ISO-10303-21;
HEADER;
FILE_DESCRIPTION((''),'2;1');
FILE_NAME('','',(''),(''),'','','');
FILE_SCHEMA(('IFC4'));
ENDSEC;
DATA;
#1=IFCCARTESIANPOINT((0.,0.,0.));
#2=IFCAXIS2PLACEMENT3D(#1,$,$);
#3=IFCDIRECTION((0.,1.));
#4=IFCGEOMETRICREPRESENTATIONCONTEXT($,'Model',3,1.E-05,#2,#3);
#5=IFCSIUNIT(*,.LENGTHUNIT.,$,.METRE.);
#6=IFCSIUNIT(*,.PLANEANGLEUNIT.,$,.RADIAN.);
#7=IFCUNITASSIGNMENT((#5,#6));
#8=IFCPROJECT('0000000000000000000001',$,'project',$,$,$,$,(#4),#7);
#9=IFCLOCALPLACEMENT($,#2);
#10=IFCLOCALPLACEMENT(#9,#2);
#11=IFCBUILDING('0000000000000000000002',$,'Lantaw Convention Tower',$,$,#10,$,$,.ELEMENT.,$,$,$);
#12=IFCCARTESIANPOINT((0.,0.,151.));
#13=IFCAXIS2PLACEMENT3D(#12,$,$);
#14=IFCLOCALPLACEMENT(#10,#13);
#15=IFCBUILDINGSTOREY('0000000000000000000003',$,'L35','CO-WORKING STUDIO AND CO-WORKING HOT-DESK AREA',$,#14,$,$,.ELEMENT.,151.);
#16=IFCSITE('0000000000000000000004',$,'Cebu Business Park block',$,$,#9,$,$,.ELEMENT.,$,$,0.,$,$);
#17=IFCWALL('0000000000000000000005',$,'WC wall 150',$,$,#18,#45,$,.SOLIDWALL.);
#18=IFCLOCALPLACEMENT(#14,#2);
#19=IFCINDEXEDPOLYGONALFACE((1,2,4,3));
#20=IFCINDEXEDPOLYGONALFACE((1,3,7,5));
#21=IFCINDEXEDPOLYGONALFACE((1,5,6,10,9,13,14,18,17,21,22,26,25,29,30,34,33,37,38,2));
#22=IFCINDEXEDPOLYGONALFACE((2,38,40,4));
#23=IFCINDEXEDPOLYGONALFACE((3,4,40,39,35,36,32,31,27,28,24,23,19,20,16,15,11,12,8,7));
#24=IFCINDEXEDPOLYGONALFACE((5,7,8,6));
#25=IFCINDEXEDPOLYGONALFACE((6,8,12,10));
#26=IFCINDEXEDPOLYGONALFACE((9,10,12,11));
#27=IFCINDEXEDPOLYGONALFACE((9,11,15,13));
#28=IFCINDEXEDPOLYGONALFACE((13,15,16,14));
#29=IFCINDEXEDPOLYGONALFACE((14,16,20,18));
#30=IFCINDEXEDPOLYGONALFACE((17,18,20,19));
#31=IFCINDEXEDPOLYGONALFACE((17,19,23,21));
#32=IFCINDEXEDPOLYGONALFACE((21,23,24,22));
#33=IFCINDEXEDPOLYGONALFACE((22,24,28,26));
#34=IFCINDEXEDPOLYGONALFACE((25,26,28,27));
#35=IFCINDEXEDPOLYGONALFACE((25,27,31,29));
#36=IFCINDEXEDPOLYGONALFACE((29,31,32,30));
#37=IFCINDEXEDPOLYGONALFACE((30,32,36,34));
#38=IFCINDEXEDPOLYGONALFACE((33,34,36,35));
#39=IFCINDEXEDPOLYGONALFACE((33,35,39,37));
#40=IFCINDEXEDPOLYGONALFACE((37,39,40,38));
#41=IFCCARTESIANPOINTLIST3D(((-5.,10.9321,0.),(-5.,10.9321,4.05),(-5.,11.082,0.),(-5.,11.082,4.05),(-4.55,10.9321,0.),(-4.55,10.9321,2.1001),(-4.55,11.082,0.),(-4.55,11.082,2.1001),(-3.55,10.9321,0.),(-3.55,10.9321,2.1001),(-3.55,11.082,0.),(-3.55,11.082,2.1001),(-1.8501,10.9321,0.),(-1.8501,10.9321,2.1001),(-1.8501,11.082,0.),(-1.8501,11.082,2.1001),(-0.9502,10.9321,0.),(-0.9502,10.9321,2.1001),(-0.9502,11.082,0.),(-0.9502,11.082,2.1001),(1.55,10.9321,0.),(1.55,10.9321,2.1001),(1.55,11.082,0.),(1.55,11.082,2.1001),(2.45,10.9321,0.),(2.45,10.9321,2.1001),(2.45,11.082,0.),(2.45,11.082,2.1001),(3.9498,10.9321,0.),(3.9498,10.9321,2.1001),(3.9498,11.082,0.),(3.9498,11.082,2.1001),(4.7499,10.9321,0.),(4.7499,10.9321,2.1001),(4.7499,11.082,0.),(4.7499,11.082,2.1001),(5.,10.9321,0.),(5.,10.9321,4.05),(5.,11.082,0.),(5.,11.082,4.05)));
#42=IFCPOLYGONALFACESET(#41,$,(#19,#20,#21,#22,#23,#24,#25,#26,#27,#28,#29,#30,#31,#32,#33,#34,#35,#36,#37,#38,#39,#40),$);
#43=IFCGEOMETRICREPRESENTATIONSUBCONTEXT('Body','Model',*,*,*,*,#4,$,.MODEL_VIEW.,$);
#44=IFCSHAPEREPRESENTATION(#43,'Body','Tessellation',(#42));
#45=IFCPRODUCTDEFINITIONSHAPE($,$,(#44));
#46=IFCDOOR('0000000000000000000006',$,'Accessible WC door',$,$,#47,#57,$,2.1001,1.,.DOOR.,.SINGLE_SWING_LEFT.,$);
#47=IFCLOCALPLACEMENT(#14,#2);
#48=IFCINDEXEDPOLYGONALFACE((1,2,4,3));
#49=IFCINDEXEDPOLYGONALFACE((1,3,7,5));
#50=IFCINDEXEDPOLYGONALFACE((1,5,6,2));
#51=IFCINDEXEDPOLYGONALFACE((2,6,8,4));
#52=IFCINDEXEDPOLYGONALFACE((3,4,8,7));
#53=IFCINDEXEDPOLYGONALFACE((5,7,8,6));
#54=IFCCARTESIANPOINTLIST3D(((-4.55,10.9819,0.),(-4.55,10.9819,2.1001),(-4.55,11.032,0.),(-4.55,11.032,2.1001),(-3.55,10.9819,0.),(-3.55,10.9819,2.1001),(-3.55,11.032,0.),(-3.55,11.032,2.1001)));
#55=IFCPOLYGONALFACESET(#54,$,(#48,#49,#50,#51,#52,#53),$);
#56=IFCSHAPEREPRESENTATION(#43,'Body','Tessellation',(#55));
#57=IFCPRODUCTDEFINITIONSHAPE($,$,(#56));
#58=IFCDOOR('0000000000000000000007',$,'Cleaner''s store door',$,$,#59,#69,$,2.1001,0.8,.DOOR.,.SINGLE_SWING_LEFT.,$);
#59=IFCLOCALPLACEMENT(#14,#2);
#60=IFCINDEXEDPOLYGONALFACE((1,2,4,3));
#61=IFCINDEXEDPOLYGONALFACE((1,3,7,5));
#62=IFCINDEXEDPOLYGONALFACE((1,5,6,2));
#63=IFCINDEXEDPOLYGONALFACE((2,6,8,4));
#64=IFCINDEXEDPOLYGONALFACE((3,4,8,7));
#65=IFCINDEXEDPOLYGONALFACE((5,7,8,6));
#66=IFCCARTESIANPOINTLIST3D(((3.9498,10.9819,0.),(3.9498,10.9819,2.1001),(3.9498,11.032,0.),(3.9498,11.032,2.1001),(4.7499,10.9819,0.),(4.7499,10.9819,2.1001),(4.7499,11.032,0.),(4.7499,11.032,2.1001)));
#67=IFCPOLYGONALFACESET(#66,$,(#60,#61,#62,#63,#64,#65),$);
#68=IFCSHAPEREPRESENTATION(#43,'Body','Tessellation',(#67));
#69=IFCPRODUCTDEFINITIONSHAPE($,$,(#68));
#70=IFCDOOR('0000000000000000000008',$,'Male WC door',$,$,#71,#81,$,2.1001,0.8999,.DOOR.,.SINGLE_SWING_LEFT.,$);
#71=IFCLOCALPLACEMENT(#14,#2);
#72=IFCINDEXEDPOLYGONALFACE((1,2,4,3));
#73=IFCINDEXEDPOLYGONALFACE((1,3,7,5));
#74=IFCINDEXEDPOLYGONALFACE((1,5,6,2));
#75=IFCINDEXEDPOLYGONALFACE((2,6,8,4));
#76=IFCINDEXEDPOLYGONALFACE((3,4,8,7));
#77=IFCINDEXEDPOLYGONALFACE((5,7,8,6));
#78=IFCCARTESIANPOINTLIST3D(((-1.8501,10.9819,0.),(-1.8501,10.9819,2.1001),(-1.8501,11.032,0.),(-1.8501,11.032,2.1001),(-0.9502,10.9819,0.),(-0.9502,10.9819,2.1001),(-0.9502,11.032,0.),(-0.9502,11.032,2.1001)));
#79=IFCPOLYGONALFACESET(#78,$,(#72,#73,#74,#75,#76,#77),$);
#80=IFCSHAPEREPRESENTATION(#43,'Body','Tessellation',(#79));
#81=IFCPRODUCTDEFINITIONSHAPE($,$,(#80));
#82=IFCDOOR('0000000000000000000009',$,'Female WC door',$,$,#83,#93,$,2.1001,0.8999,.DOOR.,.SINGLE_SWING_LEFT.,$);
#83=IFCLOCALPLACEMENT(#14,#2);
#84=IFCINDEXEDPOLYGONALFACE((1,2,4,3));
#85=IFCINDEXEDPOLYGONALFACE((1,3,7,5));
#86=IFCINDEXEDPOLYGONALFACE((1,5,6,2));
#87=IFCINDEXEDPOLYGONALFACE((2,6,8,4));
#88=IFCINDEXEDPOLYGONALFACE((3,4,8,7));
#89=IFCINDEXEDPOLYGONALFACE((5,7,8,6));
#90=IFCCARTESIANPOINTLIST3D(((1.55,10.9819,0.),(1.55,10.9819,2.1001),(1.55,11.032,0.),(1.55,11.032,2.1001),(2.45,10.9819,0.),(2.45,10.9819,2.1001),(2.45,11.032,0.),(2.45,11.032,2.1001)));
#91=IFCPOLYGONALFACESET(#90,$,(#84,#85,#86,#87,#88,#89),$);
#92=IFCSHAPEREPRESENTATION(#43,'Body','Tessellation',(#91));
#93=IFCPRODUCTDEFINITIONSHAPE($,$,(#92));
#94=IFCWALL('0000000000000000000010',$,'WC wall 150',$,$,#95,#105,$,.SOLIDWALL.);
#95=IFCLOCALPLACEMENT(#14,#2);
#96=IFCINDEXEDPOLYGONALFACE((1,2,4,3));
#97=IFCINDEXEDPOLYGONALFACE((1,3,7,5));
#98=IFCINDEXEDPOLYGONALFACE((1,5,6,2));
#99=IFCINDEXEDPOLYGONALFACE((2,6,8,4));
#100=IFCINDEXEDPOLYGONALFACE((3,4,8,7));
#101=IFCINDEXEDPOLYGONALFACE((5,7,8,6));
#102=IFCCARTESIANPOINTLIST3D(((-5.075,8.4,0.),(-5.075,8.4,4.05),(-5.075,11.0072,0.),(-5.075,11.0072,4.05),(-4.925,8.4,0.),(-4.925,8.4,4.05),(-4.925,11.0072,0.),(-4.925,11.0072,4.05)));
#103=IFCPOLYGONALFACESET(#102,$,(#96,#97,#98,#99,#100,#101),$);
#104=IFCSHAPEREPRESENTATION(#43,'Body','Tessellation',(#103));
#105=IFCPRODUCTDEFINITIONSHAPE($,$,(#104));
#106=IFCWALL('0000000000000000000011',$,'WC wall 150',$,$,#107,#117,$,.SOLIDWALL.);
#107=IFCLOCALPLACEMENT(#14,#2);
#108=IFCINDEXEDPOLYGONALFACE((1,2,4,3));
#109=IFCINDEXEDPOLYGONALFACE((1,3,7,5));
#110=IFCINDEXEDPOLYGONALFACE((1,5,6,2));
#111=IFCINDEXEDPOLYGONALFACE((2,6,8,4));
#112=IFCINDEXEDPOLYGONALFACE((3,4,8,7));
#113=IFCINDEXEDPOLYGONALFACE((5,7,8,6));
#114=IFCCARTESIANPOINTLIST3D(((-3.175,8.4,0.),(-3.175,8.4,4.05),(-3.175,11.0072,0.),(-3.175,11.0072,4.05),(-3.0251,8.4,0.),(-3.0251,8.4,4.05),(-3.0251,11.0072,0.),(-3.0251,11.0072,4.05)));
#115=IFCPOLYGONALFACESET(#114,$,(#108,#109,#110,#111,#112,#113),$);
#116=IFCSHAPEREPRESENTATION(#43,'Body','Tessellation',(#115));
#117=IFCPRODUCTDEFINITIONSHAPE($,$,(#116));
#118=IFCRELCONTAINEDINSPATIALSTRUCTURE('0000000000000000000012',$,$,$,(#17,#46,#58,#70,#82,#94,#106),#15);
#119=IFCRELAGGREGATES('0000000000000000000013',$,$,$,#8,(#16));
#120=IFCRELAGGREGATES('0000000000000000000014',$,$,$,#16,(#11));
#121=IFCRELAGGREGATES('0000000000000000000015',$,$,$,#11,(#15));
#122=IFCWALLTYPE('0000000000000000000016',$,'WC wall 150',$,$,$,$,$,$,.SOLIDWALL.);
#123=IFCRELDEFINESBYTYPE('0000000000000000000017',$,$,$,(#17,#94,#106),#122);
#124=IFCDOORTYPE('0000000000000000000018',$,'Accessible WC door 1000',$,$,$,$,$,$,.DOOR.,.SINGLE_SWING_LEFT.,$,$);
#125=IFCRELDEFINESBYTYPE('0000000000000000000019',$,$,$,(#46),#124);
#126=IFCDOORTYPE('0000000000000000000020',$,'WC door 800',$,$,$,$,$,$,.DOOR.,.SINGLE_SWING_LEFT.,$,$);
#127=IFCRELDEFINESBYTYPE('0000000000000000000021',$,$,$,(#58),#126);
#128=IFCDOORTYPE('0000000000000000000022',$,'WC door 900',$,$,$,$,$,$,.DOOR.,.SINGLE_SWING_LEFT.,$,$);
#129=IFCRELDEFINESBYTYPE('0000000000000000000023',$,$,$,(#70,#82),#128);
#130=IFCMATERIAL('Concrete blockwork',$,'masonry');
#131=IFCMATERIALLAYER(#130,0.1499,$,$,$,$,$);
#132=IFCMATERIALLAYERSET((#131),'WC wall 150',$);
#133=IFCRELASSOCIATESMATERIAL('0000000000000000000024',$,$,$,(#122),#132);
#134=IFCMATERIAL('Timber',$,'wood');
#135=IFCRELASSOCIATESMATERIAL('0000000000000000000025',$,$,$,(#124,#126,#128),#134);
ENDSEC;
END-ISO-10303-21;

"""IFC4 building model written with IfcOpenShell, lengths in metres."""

from ifc_helpers import new_model, si_unit, direction, frame, frame_2d, origin, place, context, subcontext, project, spatial, rectangle, extrude, material, layer, layer_set, type_object, element, fill, save


model = new_model("IFC4")

# Units and contexts
model_context = context("Model", 3, precision=1e-05, world=origin(), true_north=direction((0.0, 1.0)))
body_context = subcontext(model_context, "Body", "Model", "MODEL_VIEW")
ifc_project = project(units=[si_unit("LENGTHUNIT", "METRE"), si_unit("PLANEANGLEUNIT", "RADIAN")], contexts=[model_context])

# Site, building, storey
site_placement = place(None, origin())
site = spatial("IfcSite", under=ifc_project, at=site_placement, Name="Cebu Business Park block", CompositionType="ELEMENT", RefElevation=0.0)
building_placement = place(site_placement, origin())
building = spatial("IfcBuilding", under=site, at=building_placement, Name="Lantaw Convention Tower", CompositionType="ELEMENT")
storey_placement = place(building_placement, frame((0.0, 0.0, 151.0)))
storey = spatial("IfcBuildingStorey", under=building, at=storey_placement, Name="L35", Description="CO-WORKING STUDIO AND CO-WORKING HOT-DESK AREA", CompositionType="ELEMENT", Elevation=151.0)

# Wall, openings, doors
ifc_material_1 = material(Name="Concrete blockwork", Category="masonry")
ifc_layer_1 = layer(ifc_material_1, 0.1499)
ifc_layer_set_1 = layer_set([ifc_layer_1], Name="WC wall 150")
wall_type_1 = type_object("IfcWallType", Name="WC wall 150", PredefinedType="SOLIDWALL", material=ifc_layer_set_1)
wall_1_placement = place(storey_placement, frame((-5.0, 11.0071, 0.0), z_axis=(0.0, 0.0, 1.0), x_axis=(1.0, 0.0, 0.0)))
wall_1 = element("IfcWall", 1, at=wall_1_placement, inside=storey, type_object=wall_type_1, Name="WC wall 150", PredefinedType="SOLIDWALL", context=body_context, shape_type="SweptSolid", body=[
    extrude(rectangle(XDim=10.0, YDim=0.1499, at=frame_2d((5.0, 0.0))), origin(), (0.0, 0.0, 1.0), 4.05),
])
opening_1_placement = place(wall_1_placement, frame((0.45, 0.0, 0.0)))
opening_1 = element("IfcOpeningElement", 2, at=opening_1_placement, cuts=wall_1, PredefinedType="OPENING", context=body_context, shape_type="SweptSolid", body=[
    extrude(rectangle(XDim=1.0, YDim=2.1001, at=frame_2d((0.5, 1.05))), frame((0.0, 0.085, 0.0), z_axis=(0.0, -1.0, 0.0), x_axis=(1.0, 0.0, 0.0)), (0.0, 0.0, 1.0), 0.1699),
])
opening_2_placement = place(wall_1_placement, frame((3.1499, 0.0, 0.0)))
opening_2 = element("IfcOpeningElement", 3, at=opening_2_placement, cuts=wall_1, PredefinedType="OPENING", context=body_context, shape_type="SweptSolid", body=[
    extrude(rectangle(XDim=0.8999, YDim=2.1001, at=frame_2d((0.45, 1.05))), frame((0.0, 0.085, 0.0), z_axis=(0.0, -1.0, 0.0), x_axis=(1.0, 0.0, 0.0)), (0.0, 0.0, 1.0), 0.1699),
])
opening_3_placement = place(wall_1_placement, frame((6.55, 0.0, 0.0)))
opening_3 = element("IfcOpeningElement", 4, at=opening_3_placement, cuts=wall_1, PredefinedType="OPENING", context=body_context, shape_type="SweptSolid", body=[
    extrude(rectangle(XDim=0.8999, YDim=2.1001, at=frame_2d((0.45, 1.05))), frame((0.0, 0.085, 0.0), z_axis=(0.0, -1.0, 0.0), x_axis=(1.0, 0.0, 0.0)), (0.0, 0.0, 1.0), 0.1699),
])
opening_4_placement = place(wall_1_placement, frame((8.95, 0.0, 0.0)))
opening_4 = element("IfcOpeningElement", 5, at=opening_4_placement, cuts=wall_1, PredefinedType="OPENING", context=body_context, shape_type="SweptSolid", body=[
    extrude(rectangle(XDim=0.8, YDim=2.1001, at=frame_2d((0.3999, 1.05))), frame((0.0, 0.085, 0.0), z_axis=(0.0, -1.0, 0.0), x_axis=(1.0, 0.0, 0.0)), (0.0, 0.0, 1.0), 0.1699),
])
ifc_material_2 = material(Name="Timber", Category="wood")
door_type_1 = type_object("IfcDoorType", Name="Accessible WC door 1000", OperationType="SINGLE_SWING_LEFT", PredefinedType="DOOR", material=ifc_material_2)
door_1_placement = place(opening_1_placement, origin())
door_1 = element("IfcDoor", 6, at=door_1_placement, inside=storey, type_object=door_type_1, Name="Accessible WC door", OperationType="SINGLE_SWING_LEFT", OverallHeight=2.1001, OverallWidth=1.0, PredefinedType="DOOR", context=body_context, shape_type="SweptSolid", body=[
    extrude(rectangle(XDim=1.0, YDim=2.1001, at=frame_2d((0.5, 1.05))), frame((0.0, 0.0249, 0.0), z_axis=(0.0, -1.0, 0.0), x_axis=(1.0, 0.0, 0.0)), (0.0, 0.0, 1.0), 0.05),
])
fill(opening_1, door_1)
door_type_2 = type_object("IfcDoorType", Name="WC door 800", OperationType="SINGLE_SWING_LEFT", PredefinedType="DOOR", material=ifc_material_2)
door_2_placement = place(opening_4_placement, origin())
door_2 = element("IfcDoor", 7, at=door_2_placement, inside=storey, type_object=door_type_2, Name="Cleaner's store door", OperationType="SINGLE_SWING_LEFT", OverallHeight=2.1001, OverallWidth=0.8, PredefinedType="DOOR", context=body_context, shape_type="SweptSolid", body=[
    extrude(rectangle(XDim=0.8, YDim=2.1001, at=frame_2d((0.3999, 1.05))), frame((0.0, 0.0249, 0.0), z_axis=(0.0, -1.0, 0.0), x_axis=(1.0, 0.0, 0.0)), (0.0, 0.0, 1.0), 0.05),
])
fill(opening_4, door_2)
door_type_3 = type_object("IfcDoorType", Name="WC door 900", OperationType="SINGLE_SWING_LEFT", PredefinedType="DOOR", material=ifc_material_2)
door_3_placement = place(opening_2_placement, origin())
door_3 = element("IfcDoor", 8, at=door_3_placement, inside=storey, type_object=door_type_3, Name="Male WC door", OperationType="SINGLE_SWING_LEFT", OverallHeight=2.1001, OverallWidth=0.8999, PredefinedType="DOOR", context=body_context, shape_type="SweptSolid", body=[
    extrude(rectangle(XDim=0.8999, YDim=2.1001, at=frame_2d((0.45, 1.05))), frame((0.0, 0.0249, 0.0), z_axis=(0.0, -1.0, 0.0), x_axis=(1.0, 0.0, 0.0)), (0.0, 0.0, 1.0), 0.05),
])
fill(opening_2, door_3)
door_4_placement = place(opening_3_placement, origin())
door_4 = element("IfcDoor", 9, at=door_4_placement, inside=storey, type_object=door_type_3, Name="Female WC door", OperationType="SINGLE_SWING_LEFT", OverallHeight=2.1001, OverallWidth=0.8999, PredefinedType="DOOR", context=body_context, shape_type="SweptSolid", body=[
    extrude(rectangle(XDim=0.8999, YDim=2.1001, at=frame_2d((0.45, 1.05))), frame((0.0, 0.0249, 0.0), z_axis=(0.0, -1.0, 0.0), x_axis=(1.0, 0.0, 0.0)), (0.0, 0.0, 1.0), 0.05),
])
fill(opening_3, door_4)

# Walls
for number, where, z_axis, x_axis, name in (
    (10, (-5.0, 8.3999, 0.0), (0.0, 0.0, 1.0), (0.0, 1.0, 0.0), "WC wall 150"),
    (11, (-3.1001, 8.3999, 0.0), (0.0, 0.0, 1.0), (0.0, 1.0, 0.0), "WC wall 150"),
):
    element("IfcWall", number, at=place(storey_placement, frame(where, z_axis=z_axis, x_axis=x_axis)), inside=storey, type_object=wall_type_1, Name=name, PredefinedType="SOLIDWALL", context=body_context, shape_type="SweptSolid", body=[
        extrude(rectangle(XDim=2.6072, YDim=0.1499, at=frame_2d((1.3037, 0.0))), origin(), (0.0, 0.0, 1.0), 4.05),
    ])

save(model, "model.ifc")
